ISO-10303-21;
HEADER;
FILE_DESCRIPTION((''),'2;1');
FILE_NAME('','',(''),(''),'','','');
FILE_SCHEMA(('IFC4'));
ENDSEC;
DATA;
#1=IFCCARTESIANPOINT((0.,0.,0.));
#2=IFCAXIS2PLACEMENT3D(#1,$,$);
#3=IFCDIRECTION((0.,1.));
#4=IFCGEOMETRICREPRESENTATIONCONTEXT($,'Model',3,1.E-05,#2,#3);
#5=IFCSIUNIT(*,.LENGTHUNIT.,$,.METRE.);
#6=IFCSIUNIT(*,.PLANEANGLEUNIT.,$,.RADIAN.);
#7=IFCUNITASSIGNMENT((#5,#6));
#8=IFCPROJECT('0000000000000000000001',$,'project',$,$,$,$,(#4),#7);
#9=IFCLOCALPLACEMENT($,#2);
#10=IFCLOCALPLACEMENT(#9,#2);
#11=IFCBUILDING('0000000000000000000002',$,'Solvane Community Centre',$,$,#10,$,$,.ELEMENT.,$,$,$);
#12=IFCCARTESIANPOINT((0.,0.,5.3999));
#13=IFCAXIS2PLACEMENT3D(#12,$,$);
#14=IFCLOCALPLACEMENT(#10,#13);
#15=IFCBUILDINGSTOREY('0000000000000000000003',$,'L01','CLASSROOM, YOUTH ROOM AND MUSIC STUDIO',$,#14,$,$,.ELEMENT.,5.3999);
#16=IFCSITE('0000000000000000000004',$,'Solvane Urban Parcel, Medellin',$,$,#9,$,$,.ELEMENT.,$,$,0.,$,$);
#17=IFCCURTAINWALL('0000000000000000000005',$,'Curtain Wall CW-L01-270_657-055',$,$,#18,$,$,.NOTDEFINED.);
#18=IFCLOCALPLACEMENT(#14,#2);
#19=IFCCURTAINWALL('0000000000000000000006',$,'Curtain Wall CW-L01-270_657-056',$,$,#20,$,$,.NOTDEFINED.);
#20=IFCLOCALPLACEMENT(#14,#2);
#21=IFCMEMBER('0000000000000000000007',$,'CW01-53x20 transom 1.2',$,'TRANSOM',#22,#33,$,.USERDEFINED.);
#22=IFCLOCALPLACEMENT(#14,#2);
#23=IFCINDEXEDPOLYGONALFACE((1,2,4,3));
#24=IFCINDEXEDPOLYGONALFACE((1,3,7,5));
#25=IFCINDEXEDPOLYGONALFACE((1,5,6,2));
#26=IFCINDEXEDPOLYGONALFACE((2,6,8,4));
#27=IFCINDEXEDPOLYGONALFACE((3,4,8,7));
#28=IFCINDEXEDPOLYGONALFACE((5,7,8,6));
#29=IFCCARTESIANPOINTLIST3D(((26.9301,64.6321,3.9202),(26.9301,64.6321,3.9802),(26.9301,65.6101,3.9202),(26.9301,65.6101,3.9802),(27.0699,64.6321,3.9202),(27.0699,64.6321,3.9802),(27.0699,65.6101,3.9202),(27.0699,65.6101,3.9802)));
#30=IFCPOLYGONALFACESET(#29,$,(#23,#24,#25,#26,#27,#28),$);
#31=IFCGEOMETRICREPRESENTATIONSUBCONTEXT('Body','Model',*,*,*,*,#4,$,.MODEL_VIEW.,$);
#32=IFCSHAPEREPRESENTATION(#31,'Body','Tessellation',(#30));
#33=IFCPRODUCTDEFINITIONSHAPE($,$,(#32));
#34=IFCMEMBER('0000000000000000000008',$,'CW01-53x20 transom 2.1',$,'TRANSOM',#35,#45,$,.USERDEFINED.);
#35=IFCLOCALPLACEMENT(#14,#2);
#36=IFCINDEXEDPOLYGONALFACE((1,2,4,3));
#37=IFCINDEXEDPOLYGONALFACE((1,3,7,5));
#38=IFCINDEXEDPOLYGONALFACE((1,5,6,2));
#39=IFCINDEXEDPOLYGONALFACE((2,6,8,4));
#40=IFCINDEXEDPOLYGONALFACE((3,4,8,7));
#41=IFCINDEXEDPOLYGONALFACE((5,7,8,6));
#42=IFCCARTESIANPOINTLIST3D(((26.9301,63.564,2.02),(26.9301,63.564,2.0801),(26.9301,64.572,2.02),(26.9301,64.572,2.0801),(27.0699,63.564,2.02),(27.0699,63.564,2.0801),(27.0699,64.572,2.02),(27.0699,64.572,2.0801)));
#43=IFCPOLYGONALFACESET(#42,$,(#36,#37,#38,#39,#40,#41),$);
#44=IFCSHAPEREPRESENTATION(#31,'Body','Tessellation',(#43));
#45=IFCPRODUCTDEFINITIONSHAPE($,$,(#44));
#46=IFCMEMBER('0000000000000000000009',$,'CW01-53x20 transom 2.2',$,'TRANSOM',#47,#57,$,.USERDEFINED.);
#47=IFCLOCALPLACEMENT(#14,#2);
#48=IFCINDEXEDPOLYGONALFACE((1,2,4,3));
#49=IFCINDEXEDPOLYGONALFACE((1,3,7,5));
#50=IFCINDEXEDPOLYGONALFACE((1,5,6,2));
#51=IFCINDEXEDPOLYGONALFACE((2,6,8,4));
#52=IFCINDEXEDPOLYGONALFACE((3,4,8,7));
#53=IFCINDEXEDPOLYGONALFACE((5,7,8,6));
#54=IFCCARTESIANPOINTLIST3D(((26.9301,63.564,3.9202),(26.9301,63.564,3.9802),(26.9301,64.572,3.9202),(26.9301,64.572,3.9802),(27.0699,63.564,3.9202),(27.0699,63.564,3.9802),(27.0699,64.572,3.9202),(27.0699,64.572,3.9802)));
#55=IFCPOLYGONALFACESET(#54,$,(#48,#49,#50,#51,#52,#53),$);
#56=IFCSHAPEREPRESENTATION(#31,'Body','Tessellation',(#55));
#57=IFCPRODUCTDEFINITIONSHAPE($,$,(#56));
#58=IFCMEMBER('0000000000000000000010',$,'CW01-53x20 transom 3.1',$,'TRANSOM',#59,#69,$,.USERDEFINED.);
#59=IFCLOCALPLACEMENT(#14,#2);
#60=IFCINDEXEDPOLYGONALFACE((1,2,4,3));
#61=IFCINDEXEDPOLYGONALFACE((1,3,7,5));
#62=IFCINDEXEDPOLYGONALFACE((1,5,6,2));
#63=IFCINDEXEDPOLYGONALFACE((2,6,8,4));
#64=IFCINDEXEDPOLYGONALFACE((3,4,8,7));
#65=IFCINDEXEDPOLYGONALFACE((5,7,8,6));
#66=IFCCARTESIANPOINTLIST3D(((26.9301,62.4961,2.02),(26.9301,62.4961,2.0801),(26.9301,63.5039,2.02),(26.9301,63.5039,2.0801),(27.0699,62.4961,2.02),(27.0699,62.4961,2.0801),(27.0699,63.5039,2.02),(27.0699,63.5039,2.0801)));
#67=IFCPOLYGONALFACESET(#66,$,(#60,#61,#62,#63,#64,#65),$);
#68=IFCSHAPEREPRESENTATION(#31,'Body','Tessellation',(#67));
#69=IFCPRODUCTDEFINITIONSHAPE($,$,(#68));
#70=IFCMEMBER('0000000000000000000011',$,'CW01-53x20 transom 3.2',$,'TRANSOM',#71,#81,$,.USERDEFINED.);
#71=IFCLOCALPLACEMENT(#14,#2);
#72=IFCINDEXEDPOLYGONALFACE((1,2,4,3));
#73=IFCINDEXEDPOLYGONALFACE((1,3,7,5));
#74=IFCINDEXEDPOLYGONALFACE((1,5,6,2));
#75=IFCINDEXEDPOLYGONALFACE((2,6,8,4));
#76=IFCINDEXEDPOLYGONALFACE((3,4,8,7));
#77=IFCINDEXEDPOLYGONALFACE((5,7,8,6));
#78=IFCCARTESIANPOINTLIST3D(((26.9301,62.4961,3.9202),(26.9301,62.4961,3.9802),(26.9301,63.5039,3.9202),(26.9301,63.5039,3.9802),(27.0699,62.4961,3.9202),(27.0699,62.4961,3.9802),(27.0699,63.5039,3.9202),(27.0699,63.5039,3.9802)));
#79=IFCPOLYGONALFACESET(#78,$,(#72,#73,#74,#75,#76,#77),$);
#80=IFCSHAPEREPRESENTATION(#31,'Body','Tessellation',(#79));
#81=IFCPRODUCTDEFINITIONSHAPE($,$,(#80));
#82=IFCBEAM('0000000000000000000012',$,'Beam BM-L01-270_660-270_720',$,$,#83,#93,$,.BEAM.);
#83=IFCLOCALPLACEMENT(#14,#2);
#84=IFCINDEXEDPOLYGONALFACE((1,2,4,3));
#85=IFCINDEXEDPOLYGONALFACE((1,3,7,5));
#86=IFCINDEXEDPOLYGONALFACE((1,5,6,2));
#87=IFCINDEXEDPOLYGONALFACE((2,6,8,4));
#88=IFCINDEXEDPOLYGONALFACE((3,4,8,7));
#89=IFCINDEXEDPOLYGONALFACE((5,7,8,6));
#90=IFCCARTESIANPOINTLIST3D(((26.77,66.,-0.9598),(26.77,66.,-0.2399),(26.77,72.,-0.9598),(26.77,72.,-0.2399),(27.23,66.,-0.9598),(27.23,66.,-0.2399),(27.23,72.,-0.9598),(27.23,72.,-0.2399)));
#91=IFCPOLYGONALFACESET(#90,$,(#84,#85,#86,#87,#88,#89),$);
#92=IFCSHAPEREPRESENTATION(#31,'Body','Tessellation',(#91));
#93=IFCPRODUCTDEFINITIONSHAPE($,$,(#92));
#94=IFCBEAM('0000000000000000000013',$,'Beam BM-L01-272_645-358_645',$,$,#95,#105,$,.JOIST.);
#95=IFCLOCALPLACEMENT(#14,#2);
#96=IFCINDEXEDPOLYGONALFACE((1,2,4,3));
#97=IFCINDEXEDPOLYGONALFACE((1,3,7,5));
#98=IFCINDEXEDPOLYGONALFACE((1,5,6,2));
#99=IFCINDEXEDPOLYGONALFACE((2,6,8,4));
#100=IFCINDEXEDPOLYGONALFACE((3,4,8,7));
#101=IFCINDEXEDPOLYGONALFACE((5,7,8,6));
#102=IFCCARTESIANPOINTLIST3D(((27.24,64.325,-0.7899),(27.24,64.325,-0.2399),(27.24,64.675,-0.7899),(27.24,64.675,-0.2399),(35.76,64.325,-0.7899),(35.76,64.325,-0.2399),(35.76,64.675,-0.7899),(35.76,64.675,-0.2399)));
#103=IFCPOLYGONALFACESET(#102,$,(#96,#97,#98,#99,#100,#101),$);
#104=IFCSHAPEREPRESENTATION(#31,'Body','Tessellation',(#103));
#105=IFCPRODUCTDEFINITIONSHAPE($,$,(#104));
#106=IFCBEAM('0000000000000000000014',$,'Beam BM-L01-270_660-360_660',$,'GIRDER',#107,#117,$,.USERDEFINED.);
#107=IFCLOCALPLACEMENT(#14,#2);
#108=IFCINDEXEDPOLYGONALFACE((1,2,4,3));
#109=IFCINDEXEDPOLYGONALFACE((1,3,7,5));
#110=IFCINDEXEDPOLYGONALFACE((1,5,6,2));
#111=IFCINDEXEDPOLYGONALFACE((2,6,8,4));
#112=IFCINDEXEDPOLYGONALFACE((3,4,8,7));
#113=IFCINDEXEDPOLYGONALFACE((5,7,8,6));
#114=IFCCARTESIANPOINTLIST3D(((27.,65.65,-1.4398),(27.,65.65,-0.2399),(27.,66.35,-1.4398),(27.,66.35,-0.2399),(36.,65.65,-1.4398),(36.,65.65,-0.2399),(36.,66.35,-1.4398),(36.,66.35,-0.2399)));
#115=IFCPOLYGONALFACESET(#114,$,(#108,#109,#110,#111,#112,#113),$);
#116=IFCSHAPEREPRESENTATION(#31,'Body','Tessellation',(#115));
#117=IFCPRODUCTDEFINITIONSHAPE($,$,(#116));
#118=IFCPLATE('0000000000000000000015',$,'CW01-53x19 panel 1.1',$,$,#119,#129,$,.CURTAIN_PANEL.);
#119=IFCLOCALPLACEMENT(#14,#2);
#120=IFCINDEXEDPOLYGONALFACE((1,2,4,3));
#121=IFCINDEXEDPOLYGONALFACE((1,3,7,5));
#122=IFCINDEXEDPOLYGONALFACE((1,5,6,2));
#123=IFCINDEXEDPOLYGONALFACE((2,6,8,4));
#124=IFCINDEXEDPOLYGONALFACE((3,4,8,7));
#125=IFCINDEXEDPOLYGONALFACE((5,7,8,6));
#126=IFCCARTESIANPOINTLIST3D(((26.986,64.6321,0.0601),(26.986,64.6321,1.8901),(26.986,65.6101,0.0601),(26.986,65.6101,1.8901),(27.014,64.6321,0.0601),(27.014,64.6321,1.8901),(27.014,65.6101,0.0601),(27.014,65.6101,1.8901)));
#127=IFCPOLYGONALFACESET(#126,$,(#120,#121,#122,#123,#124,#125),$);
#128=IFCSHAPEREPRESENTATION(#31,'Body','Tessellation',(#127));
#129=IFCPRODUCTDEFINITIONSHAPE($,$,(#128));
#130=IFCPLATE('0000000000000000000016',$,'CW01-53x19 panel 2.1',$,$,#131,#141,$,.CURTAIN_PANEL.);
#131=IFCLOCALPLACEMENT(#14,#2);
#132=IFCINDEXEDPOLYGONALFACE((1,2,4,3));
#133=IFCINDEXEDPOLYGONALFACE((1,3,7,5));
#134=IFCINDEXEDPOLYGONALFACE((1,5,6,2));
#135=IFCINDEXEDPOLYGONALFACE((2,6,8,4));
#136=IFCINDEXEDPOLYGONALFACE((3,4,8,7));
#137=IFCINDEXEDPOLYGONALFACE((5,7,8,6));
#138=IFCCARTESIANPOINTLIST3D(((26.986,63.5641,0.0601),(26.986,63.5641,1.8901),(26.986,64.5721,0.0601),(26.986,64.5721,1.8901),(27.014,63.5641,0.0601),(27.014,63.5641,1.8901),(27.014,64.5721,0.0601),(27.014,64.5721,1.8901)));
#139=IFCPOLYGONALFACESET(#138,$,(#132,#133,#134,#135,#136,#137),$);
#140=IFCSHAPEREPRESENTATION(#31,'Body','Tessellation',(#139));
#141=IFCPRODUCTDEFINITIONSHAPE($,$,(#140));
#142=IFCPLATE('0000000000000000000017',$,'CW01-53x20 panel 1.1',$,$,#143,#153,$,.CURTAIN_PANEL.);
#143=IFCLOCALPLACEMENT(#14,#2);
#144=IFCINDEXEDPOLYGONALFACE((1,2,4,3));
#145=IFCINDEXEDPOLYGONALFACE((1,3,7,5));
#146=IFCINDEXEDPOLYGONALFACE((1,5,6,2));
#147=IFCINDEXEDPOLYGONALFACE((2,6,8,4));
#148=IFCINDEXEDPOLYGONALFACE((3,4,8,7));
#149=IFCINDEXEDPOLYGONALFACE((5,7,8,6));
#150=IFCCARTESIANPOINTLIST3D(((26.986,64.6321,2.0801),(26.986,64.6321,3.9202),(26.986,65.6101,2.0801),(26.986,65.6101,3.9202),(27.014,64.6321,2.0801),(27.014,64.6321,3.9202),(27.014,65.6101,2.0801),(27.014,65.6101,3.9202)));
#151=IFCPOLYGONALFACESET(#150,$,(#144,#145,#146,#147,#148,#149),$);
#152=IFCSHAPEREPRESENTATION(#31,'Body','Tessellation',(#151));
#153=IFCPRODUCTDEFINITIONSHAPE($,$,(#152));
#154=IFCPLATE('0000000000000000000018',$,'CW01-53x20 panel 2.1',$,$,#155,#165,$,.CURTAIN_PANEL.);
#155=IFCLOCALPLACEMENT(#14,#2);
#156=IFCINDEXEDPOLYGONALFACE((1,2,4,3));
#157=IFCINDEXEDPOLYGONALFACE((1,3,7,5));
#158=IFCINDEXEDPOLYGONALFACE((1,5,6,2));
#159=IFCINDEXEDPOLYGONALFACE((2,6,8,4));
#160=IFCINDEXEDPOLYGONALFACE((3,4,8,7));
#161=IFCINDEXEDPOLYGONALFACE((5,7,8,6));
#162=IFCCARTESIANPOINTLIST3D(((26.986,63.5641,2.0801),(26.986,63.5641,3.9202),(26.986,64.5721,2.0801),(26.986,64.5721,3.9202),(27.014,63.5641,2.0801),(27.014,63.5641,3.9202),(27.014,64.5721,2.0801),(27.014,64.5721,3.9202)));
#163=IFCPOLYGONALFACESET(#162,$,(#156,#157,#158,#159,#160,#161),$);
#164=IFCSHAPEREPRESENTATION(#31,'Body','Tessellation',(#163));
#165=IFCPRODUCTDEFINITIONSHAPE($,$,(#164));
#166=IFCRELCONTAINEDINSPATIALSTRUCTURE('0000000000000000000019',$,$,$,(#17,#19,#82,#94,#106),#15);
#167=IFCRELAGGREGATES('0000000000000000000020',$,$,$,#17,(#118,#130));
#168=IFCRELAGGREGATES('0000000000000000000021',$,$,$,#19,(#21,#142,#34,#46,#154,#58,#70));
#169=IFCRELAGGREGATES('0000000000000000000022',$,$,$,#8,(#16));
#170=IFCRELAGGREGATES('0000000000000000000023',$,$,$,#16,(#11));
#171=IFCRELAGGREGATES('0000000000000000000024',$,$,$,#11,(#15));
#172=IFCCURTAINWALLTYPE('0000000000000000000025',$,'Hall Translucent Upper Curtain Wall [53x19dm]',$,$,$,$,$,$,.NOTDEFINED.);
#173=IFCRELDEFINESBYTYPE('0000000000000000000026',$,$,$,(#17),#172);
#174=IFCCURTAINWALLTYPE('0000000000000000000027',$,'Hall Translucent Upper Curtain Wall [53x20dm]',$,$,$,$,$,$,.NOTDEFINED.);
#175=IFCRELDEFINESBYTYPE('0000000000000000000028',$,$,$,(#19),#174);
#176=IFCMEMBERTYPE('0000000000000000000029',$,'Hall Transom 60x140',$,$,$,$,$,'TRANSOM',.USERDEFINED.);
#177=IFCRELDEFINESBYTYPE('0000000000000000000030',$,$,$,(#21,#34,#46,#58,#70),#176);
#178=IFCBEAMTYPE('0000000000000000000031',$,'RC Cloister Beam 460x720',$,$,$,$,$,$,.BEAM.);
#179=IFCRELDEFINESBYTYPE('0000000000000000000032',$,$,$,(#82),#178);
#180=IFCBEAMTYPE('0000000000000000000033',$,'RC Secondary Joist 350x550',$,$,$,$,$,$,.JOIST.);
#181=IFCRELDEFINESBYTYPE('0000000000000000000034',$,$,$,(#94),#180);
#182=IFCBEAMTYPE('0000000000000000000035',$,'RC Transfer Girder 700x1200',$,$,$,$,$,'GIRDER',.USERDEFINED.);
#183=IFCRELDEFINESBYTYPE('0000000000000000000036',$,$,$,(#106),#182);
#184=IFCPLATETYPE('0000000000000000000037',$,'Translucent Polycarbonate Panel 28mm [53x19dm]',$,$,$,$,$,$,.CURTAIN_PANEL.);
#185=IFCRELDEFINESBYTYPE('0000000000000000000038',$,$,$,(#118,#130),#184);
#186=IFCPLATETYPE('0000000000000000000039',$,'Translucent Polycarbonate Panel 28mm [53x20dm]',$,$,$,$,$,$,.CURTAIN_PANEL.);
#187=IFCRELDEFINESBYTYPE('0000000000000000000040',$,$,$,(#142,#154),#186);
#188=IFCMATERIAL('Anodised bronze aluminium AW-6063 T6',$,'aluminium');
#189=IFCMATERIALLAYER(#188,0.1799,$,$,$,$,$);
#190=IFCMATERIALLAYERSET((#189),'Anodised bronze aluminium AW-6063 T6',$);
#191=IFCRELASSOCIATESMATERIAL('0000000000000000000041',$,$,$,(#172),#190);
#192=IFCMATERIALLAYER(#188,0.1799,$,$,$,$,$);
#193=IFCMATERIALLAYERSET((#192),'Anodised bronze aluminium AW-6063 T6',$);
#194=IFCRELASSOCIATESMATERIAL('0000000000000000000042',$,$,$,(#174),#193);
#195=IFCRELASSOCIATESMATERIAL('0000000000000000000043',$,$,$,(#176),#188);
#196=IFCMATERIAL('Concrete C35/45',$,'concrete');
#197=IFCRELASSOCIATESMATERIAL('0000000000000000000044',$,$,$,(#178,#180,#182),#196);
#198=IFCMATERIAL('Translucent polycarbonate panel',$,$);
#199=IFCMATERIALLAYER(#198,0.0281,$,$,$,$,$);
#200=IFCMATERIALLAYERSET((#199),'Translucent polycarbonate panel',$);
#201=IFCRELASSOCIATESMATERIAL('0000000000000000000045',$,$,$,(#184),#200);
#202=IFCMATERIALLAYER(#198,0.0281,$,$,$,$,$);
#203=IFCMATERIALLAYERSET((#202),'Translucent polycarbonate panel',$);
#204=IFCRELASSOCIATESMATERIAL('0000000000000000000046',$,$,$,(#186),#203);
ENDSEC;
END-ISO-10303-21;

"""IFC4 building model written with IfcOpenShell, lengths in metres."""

from ifc_helpers import new_model, si_unit, direction, frame, origin, origin_2d, place, context, subcontext, project, spatial, rectangle, extrude, material, layer, layer_set, material_profile, profile_set, type_object, element, aggregate, save


model = new_model("IFC4")

# Units and contexts
model_context = context("Model", 3, precision=1e-05, world=origin(), true_north=direction((0.0, 1.0)))
body_context = subcontext(model_context, "Body", "Model", "MODEL_VIEW")
ifc_project = project(units=[si_unit("LENGTHUNIT", "METRE"), si_unit("PLANEANGLEUNIT", "RADIAN")], contexts=[model_context])

# Site, building, storey
site_placement = place(None, origin())
site = spatial("IfcSite", under=ifc_project, at=site_placement, Name="Solvane Urban Parcel, Medellin", CompositionType="ELEMENT", RefElevation=0.0)
building_placement = place(site_placement, origin())
building = spatial("IfcBuilding", under=site, at=building_placement, Name="Solvane Community Centre", CompositionType="ELEMENT")
storey_placement = place(building_placement, frame((0.0, 0.0, 5.3999)))
storey = spatial("IfcBuildingStorey", under=building, at=storey_placement, Name="L01", Description="CLASSROOM, YOUTH ROOM AND MUSIC STUDIO", CompositionType="ELEMENT", Elevation=5.3999)

# Shared definitions
ifc_material_1 = material(Name="Concrete C35/45", Category="concrete")

# Curtain walls
ifc_material_2 = material(Name="Anodised bronze aluminium AW-6063 T6", Category="aluminium")
ifc_layer_1 = layer(ifc_material_2, 0.1799)
ifc_layer_set_1 = layer_set([ifc_layer_1], Name="Anodised bronze aluminium AW-6063 T6")
curtain_wall_type_1 = type_object("IfcCurtainWallType", Name="Hall Translucent Upper Curtain Wall [53x19dm]", PredefinedType="NOTDEFINED", material=ifc_layer_set_1)
curtain_wall_1_placement = place(storey_placement, origin())
curtain_wall_1 = element("IfcCurtainWall", 1, at=curtain_wall_1_placement, inside=storey, type_object=curtain_wall_type_1, Name="Curtain Wall CW-L01-270_657-055", PredefinedType="NOTDEFINED")
ifc_layer_2 = layer(ifc_material_2, 0.1799)
ifc_layer_set_2 = layer_set([ifc_layer_2], Name="Anodised bronze aluminium AW-6063 T6")
curtain_wall_type_2 = type_object("IfcCurtainWallType", Name="Hall Translucent Upper Curtain Wall [53x20dm]", PredefinedType="NOTDEFINED", material=ifc_layer_set_2)
curtain_wall_2_placement = place(storey_placement, origin())
curtain_wall_2 = element("IfcCurtainWall", 2, at=curtain_wall_2_placement, inside=storey, type_object=curtain_wall_type_2, Name="Curtain Wall CW-L01-270_657-056", PredefinedType="NOTDEFINED")

# Members
ifc_material_profile_1 = material_profile(ifc_material_2, rectangle(XDim=0.1399, YDim=0.0601, at=origin_2d()), Name="CW-T 60x140")
ifc_profile_set_1 = profile_set([ifc_material_profile_1], Name="Anodised bronze aluminium AW-6063 T6")
member_type_1 = type_object("IfcMemberType", Name="Hall Transom 60x140", ElementType="TRANSOM", PredefinedType="USERDEFINED", material=ifc_profile_set_1)
member_1_placement = place(storey_placement, frame((27.0, 65.6101, 3.9502), z_axis=(0.0, -1.0, 0.0), x_axis=(1.0, 0.0, 0.0)))
member_1 = element("IfcMember", 3, at=member_1_placement, type_object=member_type_1, Name="CW01-53x20 transom 1.2", ObjectType="TRANSOM", PredefinedType="USERDEFINED", context=body_context, shape_type="SweptSolid", body=[
    extrude(rectangle(XDim=0.1399, YDim=0.0601, at=origin_2d()), origin(), (0.0, 0.0, 1.0), 0.978),
])
member_2_placement = place(storey_placement, frame((27.0, 64.572, 2.05), z_axis=(0.0, -1.0, 0.0), x_axis=(1.0, 0.0, 0.0)))
member_2 = element("IfcMember", 4, at=member_2_placement, type_object=member_type_1, Name="CW01-53x20 transom 2.1", ObjectType="TRANSOM", PredefinedType="USERDEFINED", context=body_context, shape_type="SweptSolid", body=[
    extrude(rectangle(XDim=0.1399, YDim=0.0601, at=origin_2d()), origin(), (0.0, 0.0, 1.0), 1.0081),
])
member_3_placement = place(storey_placement, frame((27.0, 64.572, 3.9502), z_axis=(0.0, -1.0, 0.0), x_axis=(1.0, 0.0, 0.0)))
member_3 = element("IfcMember", 5, at=member_3_placement, type_object=member_type_1, Name="CW01-53x20 transom 2.2", ObjectType="TRANSOM", PredefinedType="USERDEFINED", context=body_context, shape_type="SweptSolid", body=[
    extrude(rectangle(XDim=0.1399, YDim=0.0601, at=origin_2d()), origin(), (0.0, 0.0, 1.0), 1.0081),
])
member_4_placement = place(storey_placement, frame((27.0, 63.5039, 2.05), z_axis=(0.0, -1.0, 0.0), x_axis=(1.0, 0.0, 0.0)))
member_4 = element("IfcMember", 6, at=member_4_placement, type_object=member_type_1, Name="CW01-53x20 transom 3.1", ObjectType="TRANSOM", PredefinedType="USERDEFINED", context=body_context, shape_type="SweptSolid", body=[
    extrude(rectangle(XDim=0.1399, YDim=0.0601, at=origin_2d()), origin(), (0.0, 0.0, 1.0), 1.0078),
])
member_5_placement = place(storey_placement, frame((27.0, 63.5039, 3.9502), z_axis=(0.0, -1.0, 0.0), x_axis=(1.0, 0.0, 0.0)))
member_5 = element("IfcMember", 7, at=member_5_placement, type_object=member_type_1, Name="CW01-53x20 transom 3.2", ObjectType="TRANSOM", PredefinedType="USERDEFINED", context=body_context, shape_type="SweptSolid", body=[
    extrude(rectangle(XDim=0.1399, YDim=0.0601, at=origin_2d()), origin(), (0.0, 0.0, 1.0), 1.0078),
])

# Beams
ifc_material_profile_2 = material_profile(ifc_material_1, rectangle(XDim=0.46, YDim=0.72, at=origin_2d()), Name="RC 460x720")
ifc_profile_set_2 = profile_set([ifc_material_profile_2], Name="Concrete C35/45")
beam_type_1 = type_object("IfcBeamType", Name="RC Cloister Beam 460x720", PredefinedType="BEAM", material=ifc_profile_set_2)
beam_1_placement = place(storey_placement, frame((27.0, 66.0, -0.5999), z_axis=(0.0, 1.0, 0.0), x_axis=(-1.0, 0.0, 0.0)))
element("IfcBeam", 8, at=beam_1_placement, inside=storey, type_object=beam_type_1, Name="Beam BM-L01-270_660-270_720", PredefinedType="BEAM", context=body_context, shape_type="SweptSolid", body=[
    extrude(rectangle(XDim=0.46, YDim=0.72, at=origin_2d()), origin(), (0.0, 0.0, 1.0), 6.0),
])
ifc_material_profile_3 = material_profile(ifc_material_1, rectangle(XDim=0.3501, YDim=0.55, at=origin_2d()), Name="RC 350x550")
ifc_profile_set_3 = profile_set([ifc_material_profile_3], Name="Concrete C35/45")
beam_type_2 = type_object("IfcBeamType", Name="RC Secondary Joist 350x550", PredefinedType="JOIST", material=ifc_profile_set_3)
beam_2_placement = place(storey_placement, frame((27.24, 64.5, -0.5149), z_axis=(1.0, 0.0, 0.0), x_axis=(0.0, 1.0, 0.0)))
element("IfcBeam", 9, at=beam_2_placement, inside=storey, type_object=beam_type_2, Name="Beam BM-L01-272_645-358_645", PredefinedType="JOIST", context=body_context, shape_type="SweptSolid", body=[
    extrude(rectangle(XDim=0.3501, YDim=0.55, at=origin_2d()), origin(), (0.0, 0.0, 1.0), 8.52),
])
ifc_material_profile_4 = material_profile(ifc_material_1, rectangle(XDim=0.7, YDim=1.2, at=origin_2d()), Name="RC 700x1200")
ifc_profile_set_4 = profile_set([ifc_material_profile_4], Name="Concrete C35/45")
beam_type_3 = type_object("IfcBeamType", Name="RC Transfer Girder 700x1200", ElementType="GIRDER", PredefinedType="USERDEFINED", material=ifc_profile_set_4)
beam_3_placement = place(storey_placement, frame((27.0, 66.0, -0.8398), z_axis=(1.0, 0.0, 0.0), x_axis=(0.0, 1.0, 0.0)))
element("IfcBeam", 10, at=beam_3_placement, inside=storey, type_object=beam_type_3, Name="Beam BM-L01-270_660-360_660", ObjectType="GIRDER", PredefinedType="USERDEFINED", context=body_context, shape_type="SweptSolid", body=[
    extrude(rectangle(XDim=0.7, YDim=1.2, at=origin_2d()), origin(), (0.0, 0.0, 1.0), 9.0),
])

# Plates
ifc_material_3 = material(Name="Translucent polycarbonate panel")
ifc_layer_3 = layer(ifc_material_3, 0.0281)
ifc_layer_set_3 = layer_set([ifc_layer_3], Name="Translucent polycarbonate panel")
plate_type_1 = type_object("IfcPlateType", Name="Translucent Polycarbonate Panel 28mm [53x19dm]", PredefinedType="CURTAIN_PANEL", material=ifc_layer_set_3)
plate_1_placement = place(storey_placement, frame((27.0, 65.1211, 0.0601), z_axis=(0.0, 0.0, 1.0), x_axis=(0.0, -1.0, 0.0)))
plate_1 = element("IfcPlate", 11, at=plate_1_placement, type_object=plate_type_1, Name="CW01-53x19 panel 1.1", PredefinedType="CURTAIN_PANEL", context=body_context, shape_type="SweptSolid", body=[
    extrude(rectangle(XDim=0.978, YDim=0.0281, at=origin_2d()), origin(), (0.0, 0.0, 1.0), 1.8301),
])
plate_2_placement = place(storey_placement, frame((27.0, 64.0681, 0.0601), z_axis=(0.0, 0.0, 1.0), x_axis=(0.0, -1.0, 0.0)))
plate_2 = element("IfcPlate", 12, at=plate_2_placement, type_object=plate_type_1, Name="CW01-53x19 panel 2.1", PredefinedType="CURTAIN_PANEL", context=body_context, shape_type="SweptSolid", body=[
    extrude(rectangle(XDim=1.0081, YDim=0.0281, at=origin_2d()), origin(), (0.0, 0.0, 1.0), 1.8301),
])
aggregate(curtain_wall_1, [plate_1, plate_2])
ifc_layer_4 = layer(ifc_material_3, 0.0281)
ifc_layer_set_4 = layer_set([ifc_layer_4], Name="Translucent polycarbonate panel")
plate_type_2 = type_object("IfcPlateType", Name="Translucent Polycarbonate Panel 28mm [53x20dm]", PredefinedType="CURTAIN_PANEL", material=ifc_layer_set_4)
plate_3_placement = place(storey_placement, frame((27.0, 65.1211, 2.0801), z_axis=(0.0, 0.0, 1.0), x_axis=(0.0, -1.0, 0.0)))
plate_3 = element("IfcPlate", 13, at=plate_3_placement, type_object=plate_type_2, Name="CW01-53x20 panel 1.1", PredefinedType="CURTAIN_PANEL", context=body_context, shape_type="SweptSolid", body=[
    extrude(rectangle(XDim=0.978, YDim=0.0281, at=origin_2d()), origin(), (0.0, 0.0, 1.0), 1.8401),
])
plate_4_placement = place(storey_placement, frame((27.0, 64.0681, 2.0801), z_axis=(0.0, 0.0, 1.0), x_axis=(0.0, -1.0, 0.0)))
plate_4 = element("IfcPlate", 14, at=plate_4_placement, type_object=plate_type_2, Name="CW01-53x20 panel 2.1", PredefinedType="CURTAIN_PANEL", context=body_context, shape_type="SweptSolid", body=[
    extrude(rectangle(XDim=1.0081, YDim=0.0281, at=origin_2d()), origin(), (0.0, 0.0, 1.0), 1.8401),
])
aggregate(curtain_wall_2, [member_1, plate_3, member_2, member_3, plate_4, member_4, member_5])

save(model, "model.ifc")
